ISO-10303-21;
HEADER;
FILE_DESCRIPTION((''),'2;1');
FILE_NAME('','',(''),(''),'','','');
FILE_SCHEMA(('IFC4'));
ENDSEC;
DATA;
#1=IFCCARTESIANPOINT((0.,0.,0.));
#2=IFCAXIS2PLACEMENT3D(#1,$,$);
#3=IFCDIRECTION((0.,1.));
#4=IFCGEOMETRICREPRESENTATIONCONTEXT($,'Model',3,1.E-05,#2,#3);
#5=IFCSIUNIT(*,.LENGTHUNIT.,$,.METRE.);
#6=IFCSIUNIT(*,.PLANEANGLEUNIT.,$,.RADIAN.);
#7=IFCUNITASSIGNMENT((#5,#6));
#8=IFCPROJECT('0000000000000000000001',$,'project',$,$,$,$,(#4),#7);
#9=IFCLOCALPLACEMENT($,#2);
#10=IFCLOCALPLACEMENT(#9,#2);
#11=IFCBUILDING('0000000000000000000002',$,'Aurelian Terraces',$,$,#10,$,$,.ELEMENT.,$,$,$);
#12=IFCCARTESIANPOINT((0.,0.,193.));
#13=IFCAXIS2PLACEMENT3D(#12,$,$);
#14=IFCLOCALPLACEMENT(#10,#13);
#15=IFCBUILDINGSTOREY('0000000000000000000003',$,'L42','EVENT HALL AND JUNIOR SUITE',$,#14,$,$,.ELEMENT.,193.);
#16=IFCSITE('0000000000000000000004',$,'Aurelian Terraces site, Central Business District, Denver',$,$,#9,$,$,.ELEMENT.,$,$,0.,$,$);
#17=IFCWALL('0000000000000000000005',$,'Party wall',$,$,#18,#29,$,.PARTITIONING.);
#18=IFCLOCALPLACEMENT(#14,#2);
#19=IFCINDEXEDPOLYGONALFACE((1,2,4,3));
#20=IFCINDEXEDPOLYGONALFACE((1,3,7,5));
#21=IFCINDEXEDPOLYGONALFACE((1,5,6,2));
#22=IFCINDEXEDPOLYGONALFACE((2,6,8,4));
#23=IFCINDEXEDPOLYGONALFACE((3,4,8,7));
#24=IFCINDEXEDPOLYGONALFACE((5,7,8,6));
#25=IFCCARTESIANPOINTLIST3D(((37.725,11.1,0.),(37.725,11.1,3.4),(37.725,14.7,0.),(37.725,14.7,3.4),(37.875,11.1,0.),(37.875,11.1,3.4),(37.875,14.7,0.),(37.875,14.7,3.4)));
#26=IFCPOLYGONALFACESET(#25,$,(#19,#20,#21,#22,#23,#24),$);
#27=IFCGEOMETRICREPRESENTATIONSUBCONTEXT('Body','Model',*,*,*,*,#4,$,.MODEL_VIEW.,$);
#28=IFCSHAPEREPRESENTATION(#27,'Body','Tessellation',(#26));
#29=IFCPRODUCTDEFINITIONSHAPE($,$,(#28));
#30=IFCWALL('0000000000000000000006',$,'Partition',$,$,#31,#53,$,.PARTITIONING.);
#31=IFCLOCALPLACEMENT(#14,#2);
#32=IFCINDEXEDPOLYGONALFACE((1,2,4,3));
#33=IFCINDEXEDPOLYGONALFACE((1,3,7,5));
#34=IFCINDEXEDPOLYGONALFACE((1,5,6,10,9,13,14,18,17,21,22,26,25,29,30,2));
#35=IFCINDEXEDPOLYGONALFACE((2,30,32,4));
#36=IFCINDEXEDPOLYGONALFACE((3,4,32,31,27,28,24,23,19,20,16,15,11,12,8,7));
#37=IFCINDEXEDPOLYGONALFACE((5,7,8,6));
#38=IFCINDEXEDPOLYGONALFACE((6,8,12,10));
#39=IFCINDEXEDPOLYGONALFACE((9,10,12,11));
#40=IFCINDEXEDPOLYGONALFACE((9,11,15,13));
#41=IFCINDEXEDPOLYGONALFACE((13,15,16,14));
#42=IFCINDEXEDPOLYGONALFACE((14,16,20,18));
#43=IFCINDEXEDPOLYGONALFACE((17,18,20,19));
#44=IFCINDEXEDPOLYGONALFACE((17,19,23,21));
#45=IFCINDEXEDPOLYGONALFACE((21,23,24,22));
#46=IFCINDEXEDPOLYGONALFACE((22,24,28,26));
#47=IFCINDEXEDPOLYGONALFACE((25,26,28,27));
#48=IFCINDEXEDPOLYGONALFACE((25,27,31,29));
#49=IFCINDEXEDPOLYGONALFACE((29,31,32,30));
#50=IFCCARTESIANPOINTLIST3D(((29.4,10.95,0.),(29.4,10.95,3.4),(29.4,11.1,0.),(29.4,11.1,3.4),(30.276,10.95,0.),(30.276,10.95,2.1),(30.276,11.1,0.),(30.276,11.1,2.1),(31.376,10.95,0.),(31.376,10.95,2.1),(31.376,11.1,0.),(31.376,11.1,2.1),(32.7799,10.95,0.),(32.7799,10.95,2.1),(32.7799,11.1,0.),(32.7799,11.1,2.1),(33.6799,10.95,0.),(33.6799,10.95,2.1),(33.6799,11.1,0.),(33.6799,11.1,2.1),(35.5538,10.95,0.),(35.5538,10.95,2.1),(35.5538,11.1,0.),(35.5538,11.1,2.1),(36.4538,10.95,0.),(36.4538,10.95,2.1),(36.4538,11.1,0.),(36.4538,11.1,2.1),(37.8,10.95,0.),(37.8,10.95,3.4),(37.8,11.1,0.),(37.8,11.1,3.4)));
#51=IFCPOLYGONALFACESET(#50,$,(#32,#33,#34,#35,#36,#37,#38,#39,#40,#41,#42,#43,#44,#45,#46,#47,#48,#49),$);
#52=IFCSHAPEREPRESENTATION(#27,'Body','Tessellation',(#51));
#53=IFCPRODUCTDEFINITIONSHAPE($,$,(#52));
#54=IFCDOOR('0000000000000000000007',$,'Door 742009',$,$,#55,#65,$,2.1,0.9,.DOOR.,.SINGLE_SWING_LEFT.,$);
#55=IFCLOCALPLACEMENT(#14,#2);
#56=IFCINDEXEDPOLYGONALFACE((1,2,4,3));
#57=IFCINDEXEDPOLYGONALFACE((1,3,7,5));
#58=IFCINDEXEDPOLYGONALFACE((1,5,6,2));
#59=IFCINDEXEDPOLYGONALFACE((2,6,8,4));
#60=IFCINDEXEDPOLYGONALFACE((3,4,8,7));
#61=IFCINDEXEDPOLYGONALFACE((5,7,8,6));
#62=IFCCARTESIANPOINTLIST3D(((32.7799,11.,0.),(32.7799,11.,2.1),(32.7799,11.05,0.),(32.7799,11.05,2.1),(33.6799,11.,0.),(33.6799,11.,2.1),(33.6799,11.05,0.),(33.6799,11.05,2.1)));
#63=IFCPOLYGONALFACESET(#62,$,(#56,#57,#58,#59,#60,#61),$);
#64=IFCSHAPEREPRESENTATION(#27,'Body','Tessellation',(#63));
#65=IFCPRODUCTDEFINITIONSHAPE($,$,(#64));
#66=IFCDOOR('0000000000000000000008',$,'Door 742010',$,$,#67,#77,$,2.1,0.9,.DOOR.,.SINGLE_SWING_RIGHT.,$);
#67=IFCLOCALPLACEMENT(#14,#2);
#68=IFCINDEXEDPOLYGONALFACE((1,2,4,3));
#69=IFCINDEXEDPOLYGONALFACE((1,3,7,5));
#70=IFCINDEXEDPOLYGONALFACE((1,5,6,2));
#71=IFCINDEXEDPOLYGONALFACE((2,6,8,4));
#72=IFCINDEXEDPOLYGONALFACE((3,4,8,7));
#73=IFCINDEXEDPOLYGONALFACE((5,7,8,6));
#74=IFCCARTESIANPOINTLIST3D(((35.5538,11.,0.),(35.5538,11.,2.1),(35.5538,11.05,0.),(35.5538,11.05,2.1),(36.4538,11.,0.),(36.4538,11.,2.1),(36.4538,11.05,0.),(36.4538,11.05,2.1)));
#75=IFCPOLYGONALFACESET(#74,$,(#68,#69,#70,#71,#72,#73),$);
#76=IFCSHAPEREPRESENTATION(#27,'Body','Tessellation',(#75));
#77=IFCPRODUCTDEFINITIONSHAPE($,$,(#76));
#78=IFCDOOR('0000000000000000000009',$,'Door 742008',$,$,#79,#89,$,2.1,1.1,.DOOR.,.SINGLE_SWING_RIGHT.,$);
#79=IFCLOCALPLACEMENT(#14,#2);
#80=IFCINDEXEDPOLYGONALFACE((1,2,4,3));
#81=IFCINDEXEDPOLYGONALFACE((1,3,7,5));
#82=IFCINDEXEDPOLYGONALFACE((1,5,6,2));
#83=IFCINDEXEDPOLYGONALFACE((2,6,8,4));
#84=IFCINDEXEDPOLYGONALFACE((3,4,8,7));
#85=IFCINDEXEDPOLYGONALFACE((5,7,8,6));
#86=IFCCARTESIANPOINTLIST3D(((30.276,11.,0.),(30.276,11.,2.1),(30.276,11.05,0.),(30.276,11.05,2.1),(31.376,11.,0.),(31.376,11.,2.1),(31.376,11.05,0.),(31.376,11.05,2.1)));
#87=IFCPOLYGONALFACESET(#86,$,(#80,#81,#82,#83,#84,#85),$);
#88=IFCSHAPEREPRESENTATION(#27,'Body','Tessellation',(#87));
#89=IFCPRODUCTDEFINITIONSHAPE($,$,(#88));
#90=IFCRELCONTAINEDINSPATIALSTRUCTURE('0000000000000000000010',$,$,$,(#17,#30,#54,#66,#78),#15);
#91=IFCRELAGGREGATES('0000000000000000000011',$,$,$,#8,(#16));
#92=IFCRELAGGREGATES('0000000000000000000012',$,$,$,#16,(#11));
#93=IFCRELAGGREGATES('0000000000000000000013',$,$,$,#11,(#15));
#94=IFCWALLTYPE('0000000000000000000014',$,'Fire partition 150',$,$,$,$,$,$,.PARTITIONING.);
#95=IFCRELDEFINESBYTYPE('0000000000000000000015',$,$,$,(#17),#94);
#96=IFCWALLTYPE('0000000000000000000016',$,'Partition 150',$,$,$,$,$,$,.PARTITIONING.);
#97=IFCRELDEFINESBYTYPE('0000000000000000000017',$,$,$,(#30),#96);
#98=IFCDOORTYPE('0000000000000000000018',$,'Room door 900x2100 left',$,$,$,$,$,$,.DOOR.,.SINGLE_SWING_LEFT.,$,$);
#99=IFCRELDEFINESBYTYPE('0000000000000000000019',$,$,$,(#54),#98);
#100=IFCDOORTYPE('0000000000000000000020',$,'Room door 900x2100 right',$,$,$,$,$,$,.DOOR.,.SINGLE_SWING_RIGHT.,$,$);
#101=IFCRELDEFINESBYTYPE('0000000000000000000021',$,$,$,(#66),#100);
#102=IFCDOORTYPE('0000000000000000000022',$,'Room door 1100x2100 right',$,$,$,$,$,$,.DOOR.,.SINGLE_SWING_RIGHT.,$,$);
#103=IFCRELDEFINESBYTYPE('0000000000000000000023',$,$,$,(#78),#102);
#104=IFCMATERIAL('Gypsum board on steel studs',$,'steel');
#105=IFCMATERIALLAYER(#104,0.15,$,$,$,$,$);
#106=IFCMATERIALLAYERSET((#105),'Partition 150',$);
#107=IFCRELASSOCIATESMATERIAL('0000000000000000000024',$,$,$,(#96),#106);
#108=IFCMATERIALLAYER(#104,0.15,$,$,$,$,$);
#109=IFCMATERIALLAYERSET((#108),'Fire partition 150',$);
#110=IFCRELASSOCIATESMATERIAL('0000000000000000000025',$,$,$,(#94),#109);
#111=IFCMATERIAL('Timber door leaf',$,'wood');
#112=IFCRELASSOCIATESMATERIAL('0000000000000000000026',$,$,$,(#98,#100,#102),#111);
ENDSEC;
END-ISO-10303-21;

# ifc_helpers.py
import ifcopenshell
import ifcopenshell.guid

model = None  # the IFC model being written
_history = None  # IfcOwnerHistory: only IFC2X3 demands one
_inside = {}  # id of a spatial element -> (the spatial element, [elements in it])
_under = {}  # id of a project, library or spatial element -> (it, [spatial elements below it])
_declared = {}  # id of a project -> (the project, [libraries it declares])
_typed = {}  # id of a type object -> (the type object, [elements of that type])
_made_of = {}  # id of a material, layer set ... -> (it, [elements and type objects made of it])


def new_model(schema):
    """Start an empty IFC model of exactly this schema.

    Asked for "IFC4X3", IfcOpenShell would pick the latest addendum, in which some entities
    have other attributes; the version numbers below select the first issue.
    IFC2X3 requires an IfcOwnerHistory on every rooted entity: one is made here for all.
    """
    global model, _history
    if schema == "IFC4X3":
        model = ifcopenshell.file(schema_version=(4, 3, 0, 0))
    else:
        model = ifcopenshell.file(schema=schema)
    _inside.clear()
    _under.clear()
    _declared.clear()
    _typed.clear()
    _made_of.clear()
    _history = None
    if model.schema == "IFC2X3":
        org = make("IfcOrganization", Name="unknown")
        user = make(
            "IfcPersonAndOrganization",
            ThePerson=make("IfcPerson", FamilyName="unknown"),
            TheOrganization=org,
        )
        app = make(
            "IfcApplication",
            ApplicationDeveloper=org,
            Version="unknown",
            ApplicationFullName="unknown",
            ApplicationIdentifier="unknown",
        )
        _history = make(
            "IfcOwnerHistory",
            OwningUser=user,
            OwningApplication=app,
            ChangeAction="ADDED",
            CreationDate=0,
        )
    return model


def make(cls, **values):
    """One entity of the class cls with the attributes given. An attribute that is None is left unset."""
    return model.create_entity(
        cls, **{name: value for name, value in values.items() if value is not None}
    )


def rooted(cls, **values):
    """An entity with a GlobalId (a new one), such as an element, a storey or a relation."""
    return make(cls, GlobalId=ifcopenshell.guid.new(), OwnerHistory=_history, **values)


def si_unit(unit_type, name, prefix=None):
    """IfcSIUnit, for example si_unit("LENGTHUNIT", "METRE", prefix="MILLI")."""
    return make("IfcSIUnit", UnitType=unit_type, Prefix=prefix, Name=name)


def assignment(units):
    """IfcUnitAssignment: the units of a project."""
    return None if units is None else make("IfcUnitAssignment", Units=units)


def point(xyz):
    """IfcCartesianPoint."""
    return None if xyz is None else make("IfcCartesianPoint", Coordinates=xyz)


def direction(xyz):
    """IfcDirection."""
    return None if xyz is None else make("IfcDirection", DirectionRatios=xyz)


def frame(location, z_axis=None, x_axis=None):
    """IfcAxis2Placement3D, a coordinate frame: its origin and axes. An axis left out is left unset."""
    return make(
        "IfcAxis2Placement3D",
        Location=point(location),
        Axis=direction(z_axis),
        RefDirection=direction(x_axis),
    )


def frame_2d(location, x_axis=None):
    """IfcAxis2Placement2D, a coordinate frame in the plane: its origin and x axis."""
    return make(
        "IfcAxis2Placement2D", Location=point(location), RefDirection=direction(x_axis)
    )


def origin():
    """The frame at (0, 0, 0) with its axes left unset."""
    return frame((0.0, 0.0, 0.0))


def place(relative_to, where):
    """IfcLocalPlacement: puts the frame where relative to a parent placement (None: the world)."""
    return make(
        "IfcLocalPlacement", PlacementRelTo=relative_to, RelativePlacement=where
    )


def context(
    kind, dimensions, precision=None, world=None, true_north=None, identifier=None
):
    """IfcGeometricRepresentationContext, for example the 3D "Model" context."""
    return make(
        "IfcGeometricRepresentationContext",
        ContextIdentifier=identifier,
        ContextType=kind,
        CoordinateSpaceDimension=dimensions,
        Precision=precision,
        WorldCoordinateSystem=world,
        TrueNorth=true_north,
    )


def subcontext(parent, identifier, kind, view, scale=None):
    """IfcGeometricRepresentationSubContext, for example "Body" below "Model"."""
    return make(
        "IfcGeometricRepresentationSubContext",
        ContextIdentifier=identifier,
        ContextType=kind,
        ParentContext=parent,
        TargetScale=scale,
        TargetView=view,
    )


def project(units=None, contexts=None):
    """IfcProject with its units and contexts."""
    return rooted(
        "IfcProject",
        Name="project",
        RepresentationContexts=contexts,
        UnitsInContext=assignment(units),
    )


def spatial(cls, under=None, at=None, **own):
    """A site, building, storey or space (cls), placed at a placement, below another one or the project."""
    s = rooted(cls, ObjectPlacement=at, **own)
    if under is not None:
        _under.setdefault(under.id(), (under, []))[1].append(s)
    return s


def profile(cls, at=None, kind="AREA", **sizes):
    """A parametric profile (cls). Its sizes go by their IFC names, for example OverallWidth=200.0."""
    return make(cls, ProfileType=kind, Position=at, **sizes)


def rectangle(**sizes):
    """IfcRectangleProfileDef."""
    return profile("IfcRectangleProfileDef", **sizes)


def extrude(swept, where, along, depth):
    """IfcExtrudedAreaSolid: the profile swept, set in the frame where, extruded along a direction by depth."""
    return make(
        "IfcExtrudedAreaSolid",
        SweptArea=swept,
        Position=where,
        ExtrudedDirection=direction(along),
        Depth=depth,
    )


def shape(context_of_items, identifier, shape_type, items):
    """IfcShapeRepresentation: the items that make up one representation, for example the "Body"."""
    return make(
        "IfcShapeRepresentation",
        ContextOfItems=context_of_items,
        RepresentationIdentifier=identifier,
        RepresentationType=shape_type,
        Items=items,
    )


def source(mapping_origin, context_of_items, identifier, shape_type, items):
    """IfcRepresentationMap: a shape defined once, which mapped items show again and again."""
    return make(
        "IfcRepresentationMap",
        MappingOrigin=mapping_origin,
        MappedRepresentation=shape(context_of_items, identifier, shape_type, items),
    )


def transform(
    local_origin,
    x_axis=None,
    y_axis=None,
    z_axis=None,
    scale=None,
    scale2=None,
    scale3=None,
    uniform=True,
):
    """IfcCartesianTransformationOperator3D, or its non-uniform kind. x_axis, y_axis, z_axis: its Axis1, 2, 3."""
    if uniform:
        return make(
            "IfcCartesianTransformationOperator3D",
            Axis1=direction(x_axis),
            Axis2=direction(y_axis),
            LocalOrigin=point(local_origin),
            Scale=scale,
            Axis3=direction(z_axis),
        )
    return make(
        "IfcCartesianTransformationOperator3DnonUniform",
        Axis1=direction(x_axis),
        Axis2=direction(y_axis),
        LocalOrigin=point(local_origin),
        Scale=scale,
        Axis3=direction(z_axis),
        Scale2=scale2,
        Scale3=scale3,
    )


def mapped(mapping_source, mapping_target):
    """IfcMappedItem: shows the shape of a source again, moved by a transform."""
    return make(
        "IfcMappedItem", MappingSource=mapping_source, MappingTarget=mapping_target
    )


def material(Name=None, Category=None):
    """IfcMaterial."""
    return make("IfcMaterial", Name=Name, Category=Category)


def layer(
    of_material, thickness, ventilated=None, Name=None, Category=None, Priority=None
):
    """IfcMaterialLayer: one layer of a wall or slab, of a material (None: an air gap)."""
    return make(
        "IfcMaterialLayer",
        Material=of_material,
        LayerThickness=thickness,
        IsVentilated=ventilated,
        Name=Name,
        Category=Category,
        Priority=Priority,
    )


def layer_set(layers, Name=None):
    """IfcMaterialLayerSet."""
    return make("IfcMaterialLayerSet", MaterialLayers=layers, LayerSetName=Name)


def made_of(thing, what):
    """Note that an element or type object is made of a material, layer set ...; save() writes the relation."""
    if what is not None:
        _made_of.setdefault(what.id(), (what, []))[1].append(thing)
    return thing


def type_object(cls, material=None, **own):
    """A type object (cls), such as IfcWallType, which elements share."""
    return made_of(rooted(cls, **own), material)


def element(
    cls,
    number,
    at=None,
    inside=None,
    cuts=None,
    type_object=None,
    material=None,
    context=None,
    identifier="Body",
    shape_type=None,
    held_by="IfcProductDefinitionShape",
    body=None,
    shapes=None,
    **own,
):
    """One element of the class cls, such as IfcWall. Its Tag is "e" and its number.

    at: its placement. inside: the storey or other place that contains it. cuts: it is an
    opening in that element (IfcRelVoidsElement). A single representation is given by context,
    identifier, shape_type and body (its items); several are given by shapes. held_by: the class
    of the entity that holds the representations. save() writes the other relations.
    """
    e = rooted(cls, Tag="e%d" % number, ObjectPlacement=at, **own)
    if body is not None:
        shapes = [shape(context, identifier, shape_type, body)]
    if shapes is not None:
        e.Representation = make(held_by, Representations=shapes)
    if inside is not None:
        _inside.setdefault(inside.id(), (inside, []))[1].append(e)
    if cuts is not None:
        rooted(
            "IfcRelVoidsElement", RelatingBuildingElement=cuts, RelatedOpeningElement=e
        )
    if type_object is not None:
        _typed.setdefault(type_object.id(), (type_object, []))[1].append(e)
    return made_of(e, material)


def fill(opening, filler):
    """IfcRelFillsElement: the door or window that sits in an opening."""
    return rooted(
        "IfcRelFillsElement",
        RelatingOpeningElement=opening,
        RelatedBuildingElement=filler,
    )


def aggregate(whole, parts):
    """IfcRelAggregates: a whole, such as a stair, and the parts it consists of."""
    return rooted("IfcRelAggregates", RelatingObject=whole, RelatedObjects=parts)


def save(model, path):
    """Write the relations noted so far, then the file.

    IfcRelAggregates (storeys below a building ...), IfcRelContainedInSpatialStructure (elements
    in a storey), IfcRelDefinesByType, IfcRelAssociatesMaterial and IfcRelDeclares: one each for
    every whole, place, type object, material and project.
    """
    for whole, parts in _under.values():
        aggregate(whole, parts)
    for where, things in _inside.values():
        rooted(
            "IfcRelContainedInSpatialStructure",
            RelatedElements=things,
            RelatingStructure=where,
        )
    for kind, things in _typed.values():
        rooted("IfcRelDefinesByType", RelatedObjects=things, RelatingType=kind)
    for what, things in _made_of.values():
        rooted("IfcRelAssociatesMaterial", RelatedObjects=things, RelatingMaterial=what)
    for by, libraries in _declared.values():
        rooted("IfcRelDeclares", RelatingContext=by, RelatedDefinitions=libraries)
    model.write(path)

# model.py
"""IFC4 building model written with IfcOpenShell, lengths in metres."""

from ifc_helpers import new_model, si_unit, direction, frame, frame_2d, origin, place, context, subcontext, project, spatial, rectangle, extrude, source, transform, mapped, material, layer, layer_set, type_object, element, fill, save


model = new_model("IFC4")

# Units and contexts
model_context = context("Model", 3, precision=1e-05, world=origin(), true_north=direction((0.0, 1.0)))
body_context = subcontext(model_context, "Body", "Model", "MODEL_VIEW")
ifc_project = project(units=[si_unit("LENGTHUNIT", "METRE"), si_unit("PLANEANGLEUNIT", "RADIAN")], contexts=[model_context])

# Site, building, storey
site_placement = place(None, origin())
site = spatial("IfcSite", under=ifc_project, at=site_placement, Name="Aurelian Terraces site, Central Business District, Denver", CompositionType="ELEMENT", RefElevation=0.0)
building_placement = place(site_placement, origin())
building = spatial("IfcBuilding", under=site, at=building_placement, Name="Aurelian Terraces", CompositionType="ELEMENT")
storey_placement = place(building_placement, frame((0.0, 0.0, 193.0)))
storey = spatial("IfcBuildingStorey", under=building, at=storey_placement, Name="L42", Description="EVENT HALL AND JUNIOR SUITE", CompositionType="ELEMENT", Elevation=193.0)

# Shared definitions
ifc_material_1 = material(Name="Gypsum board on steel studs", Category="steel")
ifc_layer_1 = layer(ifc_material_1, 0.15)
ifc_layer_set_1 = layer_set([ifc_layer_1], Name="Partition 150")
wall_type_1 = type_object("IfcWallType", Name="Partition 150", PredefinedType="PARTITIONING", material=ifc_layer_set_1)

# Shared definitions
shared_shape_1 = source(origin(), body_context, "Body", "SweptSolid", [
    extrude(rectangle(XDim=1.1, YDim=2.1, at=frame_2d((0.55, 1.05))), frame((0.0, 0.025, 0.0), z_axis=(0.0, -1.0, 0.0), x_axis=(1.0, 0.0, 0.0)), (0.0, 0.0, 1.0), 0.05),
])

# Shared definitions
shared_shape_2 = source(origin(), body_context, "Body", "SweptSolid", [
    extrude(rectangle(XDim=0.9, YDim=2.1, at=frame_2d((0.45, 1.05))), frame((0.0, 0.025, 0.0), z_axis=(0.0, -1.0, 0.0), x_axis=(1.0, 0.0, 0.0)), (0.0, 0.0, 1.0), 0.05),
])

# Wall
ifc_layer_2 = layer(ifc_material_1, 0.15)
ifc_layer_set_2 = layer_set([ifc_layer_2], Name="Fire partition 150")
wall_type_2 = type_object("IfcWallType", Name="Fire partition 150", PredefinedType="PARTITIONING", material=ifc_layer_set_2)
shared_shape_3 = source(origin(), body_context, "Body", "SweptSolid", [
    extrude(rectangle(XDim=3.6, YDim=0.15, at=frame_2d((1.8, 0.0))), origin(), (0.0, 0.0, 1.0), 3.4),
])
wall_1_placement = place(storey_placement, frame((37.8, 11.1, 0.0), z_axis=(0.0, 0.0, 1.0), x_axis=(0.0, 1.0, 0.0)))
element("IfcWall", 1, at=wall_1_placement, inside=storey, type_object=wall_type_2, Name="Party wall", PredefinedType="PARTITIONING", context=body_context, shape_type="MappedRepresentation", body=[
    mapped(shared_shape_3, transform((0.0, 0.0, 0.0), scale=1.0)),
])

# Wall, openings, doors
shared_shape_4 = source(origin(), body_context, "Body", "SweptSolid", [
    extrude(rectangle(XDim=8.4, YDim=0.15, at=frame_2d((4.2, 0.0))), origin(), (0.0, 0.0, 1.0), 3.4),
])
wall_2_placement = place(storey_placement, frame((37.8, 11.025, 0.0), z_axis=(0.0, 0.0, 1.0), x_axis=(-1.0, 0.0, 0.0)))
wall_2 = element("IfcWall", 2, at=wall_2_placement, inside=storey, type_object=wall_type_1, Name="Partition", PredefinedType="PARTITIONING", context=body_context, shape_type="MappedRepresentation", body=[
    mapped(shared_shape_4, transform((0.0, 0.0, 0.0), scale=1.0)),
])
shared_shape_5 = source(origin(), body_context, "Body", "SweptSolid", [
    extrude(rectangle(XDim=1.1, YDim=2.1, at=frame_2d((0.55, 1.05))), frame((0.0, 0.085, 0.0), z_axis=(0.0, -1.0, 0.0), x_axis=(1.0, 0.0, 0.0)), (0.0, 0.0, 1.0), 0.17),
])
opening_1_placement = place(wall_2_placement, frame((6.424, 0.0, 0.0)))
opening_1 = element("IfcOpeningElement", 3, at=opening_1_placement, cuts=wall_2, PredefinedType="OPENING", context=body_context, shape_type="MappedRepresentation", body=[
    mapped(shared_shape_5, transform((0.0, 0.0, 0.0), scale=1.0)),
])
shared_shape_6 = source(origin(), body_context, "Body", "SweptSolid", [
    extrude(rectangle(XDim=0.9, YDim=2.1, at=frame_2d((0.45, 1.05))), frame((0.0, 0.085, 0.0), z_axis=(0.0, -1.0, 0.0), x_axis=(1.0, 0.0, 0.0)), (0.0, 0.0, 1.0), 0.17),
])
opening_2_placement = place(wall_2_placement, frame((4.1201, 0.0, 0.0)))
opening_2 = element("IfcOpeningElement", 4, at=opening_2_placement, cuts=wall_2, PredefinedType="OPENING", context=body_context, shape_type="MappedRepresentation", body=[
    mapped(shared_shape_6, transform((0.0, 0.0, 0.0), scale=1.0)),
])
opening_3_placement = place(wall_2_placement, frame((1.3462, 0.0, 0.0)))
opening_3 = element("IfcOpeningElement", 5, at=opening_3_placement, cuts=wall_2, PredefinedType="OPENING", context=body_context, shape_type="MappedRepresentation", body=[
    mapped(shared_shape_6, transform((0.0, 0.0, 0.0), scale=1.0)),
])
ifc_material_2 = material(Name="Timber door leaf", Category="wood")
door_type_1 = type_object("IfcDoorType", Name="Room door 900x2100 left", OperationType="SINGLE_SWING_LEFT", PredefinedType="DOOR", material=ifc_material_2)
door_1_placement = place(opening_2_placement, origin())
door_1 = element("IfcDoor", 6, at=door_1_placement, inside=storey, type_object=door_type_1, Name="Door 742009", OperationType="SINGLE_SWING_LEFT", OverallHeight=2.1, OverallWidth=0.9, PredefinedType="DOOR", context=body_context, shape_type="MappedRepresentation", body=[
    mapped(shared_shape_2, transform((0.0, 0.0, 0.0), scale=1.0)),
])
fill(opening_2, door_1)
door_type_2 = type_object("IfcDoorType", Name="Room door 900x2100 right", OperationType="SINGLE_SWING_RIGHT", PredefinedType="DOOR", material=ifc_material_2)
door_2_placement = place(opening_3_placement, origin())
door_2 = element("IfcDoor", 7, at=door_2_placement, inside=storey, type_object=door_type_2, Name="Door 742010", OperationType="SINGLE_SWING_RIGHT", OverallHeight=2.1, OverallWidth=0.9, PredefinedType="DOOR", context=body_context, shape_type="MappedRepresentation", body=[
    mapped(shared_shape_2, transform((0.0, 0.0, 0.0), scale=1.0)),
])
fill(opening_3, door_2)
door_type_3 = type_object("IfcDoorType", Name="Room door 1100x2100 right", OperationType="SINGLE_SWING_RIGHT", PredefinedType="DOOR", material=ifc_material_2)
door_3_placement = place(opening_1_placement, origin())
door_3 = element("IfcDoor", 8, at=door_3_placement, inside=storey, type_object=door_type_3, Name="Door 742008", OperationType="SINGLE_SWING_RIGHT", OverallHeight=2.1, OverallWidth=1.1, PredefinedType="DOOR", context=body_context, shape_type="MappedRepresentation", body=[
    mapped(shared_shape_1, transform((0.0, 0.0, 0.0), scale=1.0)),
])
fill(opening_1, door_3)

save(model, "model.ifc")
